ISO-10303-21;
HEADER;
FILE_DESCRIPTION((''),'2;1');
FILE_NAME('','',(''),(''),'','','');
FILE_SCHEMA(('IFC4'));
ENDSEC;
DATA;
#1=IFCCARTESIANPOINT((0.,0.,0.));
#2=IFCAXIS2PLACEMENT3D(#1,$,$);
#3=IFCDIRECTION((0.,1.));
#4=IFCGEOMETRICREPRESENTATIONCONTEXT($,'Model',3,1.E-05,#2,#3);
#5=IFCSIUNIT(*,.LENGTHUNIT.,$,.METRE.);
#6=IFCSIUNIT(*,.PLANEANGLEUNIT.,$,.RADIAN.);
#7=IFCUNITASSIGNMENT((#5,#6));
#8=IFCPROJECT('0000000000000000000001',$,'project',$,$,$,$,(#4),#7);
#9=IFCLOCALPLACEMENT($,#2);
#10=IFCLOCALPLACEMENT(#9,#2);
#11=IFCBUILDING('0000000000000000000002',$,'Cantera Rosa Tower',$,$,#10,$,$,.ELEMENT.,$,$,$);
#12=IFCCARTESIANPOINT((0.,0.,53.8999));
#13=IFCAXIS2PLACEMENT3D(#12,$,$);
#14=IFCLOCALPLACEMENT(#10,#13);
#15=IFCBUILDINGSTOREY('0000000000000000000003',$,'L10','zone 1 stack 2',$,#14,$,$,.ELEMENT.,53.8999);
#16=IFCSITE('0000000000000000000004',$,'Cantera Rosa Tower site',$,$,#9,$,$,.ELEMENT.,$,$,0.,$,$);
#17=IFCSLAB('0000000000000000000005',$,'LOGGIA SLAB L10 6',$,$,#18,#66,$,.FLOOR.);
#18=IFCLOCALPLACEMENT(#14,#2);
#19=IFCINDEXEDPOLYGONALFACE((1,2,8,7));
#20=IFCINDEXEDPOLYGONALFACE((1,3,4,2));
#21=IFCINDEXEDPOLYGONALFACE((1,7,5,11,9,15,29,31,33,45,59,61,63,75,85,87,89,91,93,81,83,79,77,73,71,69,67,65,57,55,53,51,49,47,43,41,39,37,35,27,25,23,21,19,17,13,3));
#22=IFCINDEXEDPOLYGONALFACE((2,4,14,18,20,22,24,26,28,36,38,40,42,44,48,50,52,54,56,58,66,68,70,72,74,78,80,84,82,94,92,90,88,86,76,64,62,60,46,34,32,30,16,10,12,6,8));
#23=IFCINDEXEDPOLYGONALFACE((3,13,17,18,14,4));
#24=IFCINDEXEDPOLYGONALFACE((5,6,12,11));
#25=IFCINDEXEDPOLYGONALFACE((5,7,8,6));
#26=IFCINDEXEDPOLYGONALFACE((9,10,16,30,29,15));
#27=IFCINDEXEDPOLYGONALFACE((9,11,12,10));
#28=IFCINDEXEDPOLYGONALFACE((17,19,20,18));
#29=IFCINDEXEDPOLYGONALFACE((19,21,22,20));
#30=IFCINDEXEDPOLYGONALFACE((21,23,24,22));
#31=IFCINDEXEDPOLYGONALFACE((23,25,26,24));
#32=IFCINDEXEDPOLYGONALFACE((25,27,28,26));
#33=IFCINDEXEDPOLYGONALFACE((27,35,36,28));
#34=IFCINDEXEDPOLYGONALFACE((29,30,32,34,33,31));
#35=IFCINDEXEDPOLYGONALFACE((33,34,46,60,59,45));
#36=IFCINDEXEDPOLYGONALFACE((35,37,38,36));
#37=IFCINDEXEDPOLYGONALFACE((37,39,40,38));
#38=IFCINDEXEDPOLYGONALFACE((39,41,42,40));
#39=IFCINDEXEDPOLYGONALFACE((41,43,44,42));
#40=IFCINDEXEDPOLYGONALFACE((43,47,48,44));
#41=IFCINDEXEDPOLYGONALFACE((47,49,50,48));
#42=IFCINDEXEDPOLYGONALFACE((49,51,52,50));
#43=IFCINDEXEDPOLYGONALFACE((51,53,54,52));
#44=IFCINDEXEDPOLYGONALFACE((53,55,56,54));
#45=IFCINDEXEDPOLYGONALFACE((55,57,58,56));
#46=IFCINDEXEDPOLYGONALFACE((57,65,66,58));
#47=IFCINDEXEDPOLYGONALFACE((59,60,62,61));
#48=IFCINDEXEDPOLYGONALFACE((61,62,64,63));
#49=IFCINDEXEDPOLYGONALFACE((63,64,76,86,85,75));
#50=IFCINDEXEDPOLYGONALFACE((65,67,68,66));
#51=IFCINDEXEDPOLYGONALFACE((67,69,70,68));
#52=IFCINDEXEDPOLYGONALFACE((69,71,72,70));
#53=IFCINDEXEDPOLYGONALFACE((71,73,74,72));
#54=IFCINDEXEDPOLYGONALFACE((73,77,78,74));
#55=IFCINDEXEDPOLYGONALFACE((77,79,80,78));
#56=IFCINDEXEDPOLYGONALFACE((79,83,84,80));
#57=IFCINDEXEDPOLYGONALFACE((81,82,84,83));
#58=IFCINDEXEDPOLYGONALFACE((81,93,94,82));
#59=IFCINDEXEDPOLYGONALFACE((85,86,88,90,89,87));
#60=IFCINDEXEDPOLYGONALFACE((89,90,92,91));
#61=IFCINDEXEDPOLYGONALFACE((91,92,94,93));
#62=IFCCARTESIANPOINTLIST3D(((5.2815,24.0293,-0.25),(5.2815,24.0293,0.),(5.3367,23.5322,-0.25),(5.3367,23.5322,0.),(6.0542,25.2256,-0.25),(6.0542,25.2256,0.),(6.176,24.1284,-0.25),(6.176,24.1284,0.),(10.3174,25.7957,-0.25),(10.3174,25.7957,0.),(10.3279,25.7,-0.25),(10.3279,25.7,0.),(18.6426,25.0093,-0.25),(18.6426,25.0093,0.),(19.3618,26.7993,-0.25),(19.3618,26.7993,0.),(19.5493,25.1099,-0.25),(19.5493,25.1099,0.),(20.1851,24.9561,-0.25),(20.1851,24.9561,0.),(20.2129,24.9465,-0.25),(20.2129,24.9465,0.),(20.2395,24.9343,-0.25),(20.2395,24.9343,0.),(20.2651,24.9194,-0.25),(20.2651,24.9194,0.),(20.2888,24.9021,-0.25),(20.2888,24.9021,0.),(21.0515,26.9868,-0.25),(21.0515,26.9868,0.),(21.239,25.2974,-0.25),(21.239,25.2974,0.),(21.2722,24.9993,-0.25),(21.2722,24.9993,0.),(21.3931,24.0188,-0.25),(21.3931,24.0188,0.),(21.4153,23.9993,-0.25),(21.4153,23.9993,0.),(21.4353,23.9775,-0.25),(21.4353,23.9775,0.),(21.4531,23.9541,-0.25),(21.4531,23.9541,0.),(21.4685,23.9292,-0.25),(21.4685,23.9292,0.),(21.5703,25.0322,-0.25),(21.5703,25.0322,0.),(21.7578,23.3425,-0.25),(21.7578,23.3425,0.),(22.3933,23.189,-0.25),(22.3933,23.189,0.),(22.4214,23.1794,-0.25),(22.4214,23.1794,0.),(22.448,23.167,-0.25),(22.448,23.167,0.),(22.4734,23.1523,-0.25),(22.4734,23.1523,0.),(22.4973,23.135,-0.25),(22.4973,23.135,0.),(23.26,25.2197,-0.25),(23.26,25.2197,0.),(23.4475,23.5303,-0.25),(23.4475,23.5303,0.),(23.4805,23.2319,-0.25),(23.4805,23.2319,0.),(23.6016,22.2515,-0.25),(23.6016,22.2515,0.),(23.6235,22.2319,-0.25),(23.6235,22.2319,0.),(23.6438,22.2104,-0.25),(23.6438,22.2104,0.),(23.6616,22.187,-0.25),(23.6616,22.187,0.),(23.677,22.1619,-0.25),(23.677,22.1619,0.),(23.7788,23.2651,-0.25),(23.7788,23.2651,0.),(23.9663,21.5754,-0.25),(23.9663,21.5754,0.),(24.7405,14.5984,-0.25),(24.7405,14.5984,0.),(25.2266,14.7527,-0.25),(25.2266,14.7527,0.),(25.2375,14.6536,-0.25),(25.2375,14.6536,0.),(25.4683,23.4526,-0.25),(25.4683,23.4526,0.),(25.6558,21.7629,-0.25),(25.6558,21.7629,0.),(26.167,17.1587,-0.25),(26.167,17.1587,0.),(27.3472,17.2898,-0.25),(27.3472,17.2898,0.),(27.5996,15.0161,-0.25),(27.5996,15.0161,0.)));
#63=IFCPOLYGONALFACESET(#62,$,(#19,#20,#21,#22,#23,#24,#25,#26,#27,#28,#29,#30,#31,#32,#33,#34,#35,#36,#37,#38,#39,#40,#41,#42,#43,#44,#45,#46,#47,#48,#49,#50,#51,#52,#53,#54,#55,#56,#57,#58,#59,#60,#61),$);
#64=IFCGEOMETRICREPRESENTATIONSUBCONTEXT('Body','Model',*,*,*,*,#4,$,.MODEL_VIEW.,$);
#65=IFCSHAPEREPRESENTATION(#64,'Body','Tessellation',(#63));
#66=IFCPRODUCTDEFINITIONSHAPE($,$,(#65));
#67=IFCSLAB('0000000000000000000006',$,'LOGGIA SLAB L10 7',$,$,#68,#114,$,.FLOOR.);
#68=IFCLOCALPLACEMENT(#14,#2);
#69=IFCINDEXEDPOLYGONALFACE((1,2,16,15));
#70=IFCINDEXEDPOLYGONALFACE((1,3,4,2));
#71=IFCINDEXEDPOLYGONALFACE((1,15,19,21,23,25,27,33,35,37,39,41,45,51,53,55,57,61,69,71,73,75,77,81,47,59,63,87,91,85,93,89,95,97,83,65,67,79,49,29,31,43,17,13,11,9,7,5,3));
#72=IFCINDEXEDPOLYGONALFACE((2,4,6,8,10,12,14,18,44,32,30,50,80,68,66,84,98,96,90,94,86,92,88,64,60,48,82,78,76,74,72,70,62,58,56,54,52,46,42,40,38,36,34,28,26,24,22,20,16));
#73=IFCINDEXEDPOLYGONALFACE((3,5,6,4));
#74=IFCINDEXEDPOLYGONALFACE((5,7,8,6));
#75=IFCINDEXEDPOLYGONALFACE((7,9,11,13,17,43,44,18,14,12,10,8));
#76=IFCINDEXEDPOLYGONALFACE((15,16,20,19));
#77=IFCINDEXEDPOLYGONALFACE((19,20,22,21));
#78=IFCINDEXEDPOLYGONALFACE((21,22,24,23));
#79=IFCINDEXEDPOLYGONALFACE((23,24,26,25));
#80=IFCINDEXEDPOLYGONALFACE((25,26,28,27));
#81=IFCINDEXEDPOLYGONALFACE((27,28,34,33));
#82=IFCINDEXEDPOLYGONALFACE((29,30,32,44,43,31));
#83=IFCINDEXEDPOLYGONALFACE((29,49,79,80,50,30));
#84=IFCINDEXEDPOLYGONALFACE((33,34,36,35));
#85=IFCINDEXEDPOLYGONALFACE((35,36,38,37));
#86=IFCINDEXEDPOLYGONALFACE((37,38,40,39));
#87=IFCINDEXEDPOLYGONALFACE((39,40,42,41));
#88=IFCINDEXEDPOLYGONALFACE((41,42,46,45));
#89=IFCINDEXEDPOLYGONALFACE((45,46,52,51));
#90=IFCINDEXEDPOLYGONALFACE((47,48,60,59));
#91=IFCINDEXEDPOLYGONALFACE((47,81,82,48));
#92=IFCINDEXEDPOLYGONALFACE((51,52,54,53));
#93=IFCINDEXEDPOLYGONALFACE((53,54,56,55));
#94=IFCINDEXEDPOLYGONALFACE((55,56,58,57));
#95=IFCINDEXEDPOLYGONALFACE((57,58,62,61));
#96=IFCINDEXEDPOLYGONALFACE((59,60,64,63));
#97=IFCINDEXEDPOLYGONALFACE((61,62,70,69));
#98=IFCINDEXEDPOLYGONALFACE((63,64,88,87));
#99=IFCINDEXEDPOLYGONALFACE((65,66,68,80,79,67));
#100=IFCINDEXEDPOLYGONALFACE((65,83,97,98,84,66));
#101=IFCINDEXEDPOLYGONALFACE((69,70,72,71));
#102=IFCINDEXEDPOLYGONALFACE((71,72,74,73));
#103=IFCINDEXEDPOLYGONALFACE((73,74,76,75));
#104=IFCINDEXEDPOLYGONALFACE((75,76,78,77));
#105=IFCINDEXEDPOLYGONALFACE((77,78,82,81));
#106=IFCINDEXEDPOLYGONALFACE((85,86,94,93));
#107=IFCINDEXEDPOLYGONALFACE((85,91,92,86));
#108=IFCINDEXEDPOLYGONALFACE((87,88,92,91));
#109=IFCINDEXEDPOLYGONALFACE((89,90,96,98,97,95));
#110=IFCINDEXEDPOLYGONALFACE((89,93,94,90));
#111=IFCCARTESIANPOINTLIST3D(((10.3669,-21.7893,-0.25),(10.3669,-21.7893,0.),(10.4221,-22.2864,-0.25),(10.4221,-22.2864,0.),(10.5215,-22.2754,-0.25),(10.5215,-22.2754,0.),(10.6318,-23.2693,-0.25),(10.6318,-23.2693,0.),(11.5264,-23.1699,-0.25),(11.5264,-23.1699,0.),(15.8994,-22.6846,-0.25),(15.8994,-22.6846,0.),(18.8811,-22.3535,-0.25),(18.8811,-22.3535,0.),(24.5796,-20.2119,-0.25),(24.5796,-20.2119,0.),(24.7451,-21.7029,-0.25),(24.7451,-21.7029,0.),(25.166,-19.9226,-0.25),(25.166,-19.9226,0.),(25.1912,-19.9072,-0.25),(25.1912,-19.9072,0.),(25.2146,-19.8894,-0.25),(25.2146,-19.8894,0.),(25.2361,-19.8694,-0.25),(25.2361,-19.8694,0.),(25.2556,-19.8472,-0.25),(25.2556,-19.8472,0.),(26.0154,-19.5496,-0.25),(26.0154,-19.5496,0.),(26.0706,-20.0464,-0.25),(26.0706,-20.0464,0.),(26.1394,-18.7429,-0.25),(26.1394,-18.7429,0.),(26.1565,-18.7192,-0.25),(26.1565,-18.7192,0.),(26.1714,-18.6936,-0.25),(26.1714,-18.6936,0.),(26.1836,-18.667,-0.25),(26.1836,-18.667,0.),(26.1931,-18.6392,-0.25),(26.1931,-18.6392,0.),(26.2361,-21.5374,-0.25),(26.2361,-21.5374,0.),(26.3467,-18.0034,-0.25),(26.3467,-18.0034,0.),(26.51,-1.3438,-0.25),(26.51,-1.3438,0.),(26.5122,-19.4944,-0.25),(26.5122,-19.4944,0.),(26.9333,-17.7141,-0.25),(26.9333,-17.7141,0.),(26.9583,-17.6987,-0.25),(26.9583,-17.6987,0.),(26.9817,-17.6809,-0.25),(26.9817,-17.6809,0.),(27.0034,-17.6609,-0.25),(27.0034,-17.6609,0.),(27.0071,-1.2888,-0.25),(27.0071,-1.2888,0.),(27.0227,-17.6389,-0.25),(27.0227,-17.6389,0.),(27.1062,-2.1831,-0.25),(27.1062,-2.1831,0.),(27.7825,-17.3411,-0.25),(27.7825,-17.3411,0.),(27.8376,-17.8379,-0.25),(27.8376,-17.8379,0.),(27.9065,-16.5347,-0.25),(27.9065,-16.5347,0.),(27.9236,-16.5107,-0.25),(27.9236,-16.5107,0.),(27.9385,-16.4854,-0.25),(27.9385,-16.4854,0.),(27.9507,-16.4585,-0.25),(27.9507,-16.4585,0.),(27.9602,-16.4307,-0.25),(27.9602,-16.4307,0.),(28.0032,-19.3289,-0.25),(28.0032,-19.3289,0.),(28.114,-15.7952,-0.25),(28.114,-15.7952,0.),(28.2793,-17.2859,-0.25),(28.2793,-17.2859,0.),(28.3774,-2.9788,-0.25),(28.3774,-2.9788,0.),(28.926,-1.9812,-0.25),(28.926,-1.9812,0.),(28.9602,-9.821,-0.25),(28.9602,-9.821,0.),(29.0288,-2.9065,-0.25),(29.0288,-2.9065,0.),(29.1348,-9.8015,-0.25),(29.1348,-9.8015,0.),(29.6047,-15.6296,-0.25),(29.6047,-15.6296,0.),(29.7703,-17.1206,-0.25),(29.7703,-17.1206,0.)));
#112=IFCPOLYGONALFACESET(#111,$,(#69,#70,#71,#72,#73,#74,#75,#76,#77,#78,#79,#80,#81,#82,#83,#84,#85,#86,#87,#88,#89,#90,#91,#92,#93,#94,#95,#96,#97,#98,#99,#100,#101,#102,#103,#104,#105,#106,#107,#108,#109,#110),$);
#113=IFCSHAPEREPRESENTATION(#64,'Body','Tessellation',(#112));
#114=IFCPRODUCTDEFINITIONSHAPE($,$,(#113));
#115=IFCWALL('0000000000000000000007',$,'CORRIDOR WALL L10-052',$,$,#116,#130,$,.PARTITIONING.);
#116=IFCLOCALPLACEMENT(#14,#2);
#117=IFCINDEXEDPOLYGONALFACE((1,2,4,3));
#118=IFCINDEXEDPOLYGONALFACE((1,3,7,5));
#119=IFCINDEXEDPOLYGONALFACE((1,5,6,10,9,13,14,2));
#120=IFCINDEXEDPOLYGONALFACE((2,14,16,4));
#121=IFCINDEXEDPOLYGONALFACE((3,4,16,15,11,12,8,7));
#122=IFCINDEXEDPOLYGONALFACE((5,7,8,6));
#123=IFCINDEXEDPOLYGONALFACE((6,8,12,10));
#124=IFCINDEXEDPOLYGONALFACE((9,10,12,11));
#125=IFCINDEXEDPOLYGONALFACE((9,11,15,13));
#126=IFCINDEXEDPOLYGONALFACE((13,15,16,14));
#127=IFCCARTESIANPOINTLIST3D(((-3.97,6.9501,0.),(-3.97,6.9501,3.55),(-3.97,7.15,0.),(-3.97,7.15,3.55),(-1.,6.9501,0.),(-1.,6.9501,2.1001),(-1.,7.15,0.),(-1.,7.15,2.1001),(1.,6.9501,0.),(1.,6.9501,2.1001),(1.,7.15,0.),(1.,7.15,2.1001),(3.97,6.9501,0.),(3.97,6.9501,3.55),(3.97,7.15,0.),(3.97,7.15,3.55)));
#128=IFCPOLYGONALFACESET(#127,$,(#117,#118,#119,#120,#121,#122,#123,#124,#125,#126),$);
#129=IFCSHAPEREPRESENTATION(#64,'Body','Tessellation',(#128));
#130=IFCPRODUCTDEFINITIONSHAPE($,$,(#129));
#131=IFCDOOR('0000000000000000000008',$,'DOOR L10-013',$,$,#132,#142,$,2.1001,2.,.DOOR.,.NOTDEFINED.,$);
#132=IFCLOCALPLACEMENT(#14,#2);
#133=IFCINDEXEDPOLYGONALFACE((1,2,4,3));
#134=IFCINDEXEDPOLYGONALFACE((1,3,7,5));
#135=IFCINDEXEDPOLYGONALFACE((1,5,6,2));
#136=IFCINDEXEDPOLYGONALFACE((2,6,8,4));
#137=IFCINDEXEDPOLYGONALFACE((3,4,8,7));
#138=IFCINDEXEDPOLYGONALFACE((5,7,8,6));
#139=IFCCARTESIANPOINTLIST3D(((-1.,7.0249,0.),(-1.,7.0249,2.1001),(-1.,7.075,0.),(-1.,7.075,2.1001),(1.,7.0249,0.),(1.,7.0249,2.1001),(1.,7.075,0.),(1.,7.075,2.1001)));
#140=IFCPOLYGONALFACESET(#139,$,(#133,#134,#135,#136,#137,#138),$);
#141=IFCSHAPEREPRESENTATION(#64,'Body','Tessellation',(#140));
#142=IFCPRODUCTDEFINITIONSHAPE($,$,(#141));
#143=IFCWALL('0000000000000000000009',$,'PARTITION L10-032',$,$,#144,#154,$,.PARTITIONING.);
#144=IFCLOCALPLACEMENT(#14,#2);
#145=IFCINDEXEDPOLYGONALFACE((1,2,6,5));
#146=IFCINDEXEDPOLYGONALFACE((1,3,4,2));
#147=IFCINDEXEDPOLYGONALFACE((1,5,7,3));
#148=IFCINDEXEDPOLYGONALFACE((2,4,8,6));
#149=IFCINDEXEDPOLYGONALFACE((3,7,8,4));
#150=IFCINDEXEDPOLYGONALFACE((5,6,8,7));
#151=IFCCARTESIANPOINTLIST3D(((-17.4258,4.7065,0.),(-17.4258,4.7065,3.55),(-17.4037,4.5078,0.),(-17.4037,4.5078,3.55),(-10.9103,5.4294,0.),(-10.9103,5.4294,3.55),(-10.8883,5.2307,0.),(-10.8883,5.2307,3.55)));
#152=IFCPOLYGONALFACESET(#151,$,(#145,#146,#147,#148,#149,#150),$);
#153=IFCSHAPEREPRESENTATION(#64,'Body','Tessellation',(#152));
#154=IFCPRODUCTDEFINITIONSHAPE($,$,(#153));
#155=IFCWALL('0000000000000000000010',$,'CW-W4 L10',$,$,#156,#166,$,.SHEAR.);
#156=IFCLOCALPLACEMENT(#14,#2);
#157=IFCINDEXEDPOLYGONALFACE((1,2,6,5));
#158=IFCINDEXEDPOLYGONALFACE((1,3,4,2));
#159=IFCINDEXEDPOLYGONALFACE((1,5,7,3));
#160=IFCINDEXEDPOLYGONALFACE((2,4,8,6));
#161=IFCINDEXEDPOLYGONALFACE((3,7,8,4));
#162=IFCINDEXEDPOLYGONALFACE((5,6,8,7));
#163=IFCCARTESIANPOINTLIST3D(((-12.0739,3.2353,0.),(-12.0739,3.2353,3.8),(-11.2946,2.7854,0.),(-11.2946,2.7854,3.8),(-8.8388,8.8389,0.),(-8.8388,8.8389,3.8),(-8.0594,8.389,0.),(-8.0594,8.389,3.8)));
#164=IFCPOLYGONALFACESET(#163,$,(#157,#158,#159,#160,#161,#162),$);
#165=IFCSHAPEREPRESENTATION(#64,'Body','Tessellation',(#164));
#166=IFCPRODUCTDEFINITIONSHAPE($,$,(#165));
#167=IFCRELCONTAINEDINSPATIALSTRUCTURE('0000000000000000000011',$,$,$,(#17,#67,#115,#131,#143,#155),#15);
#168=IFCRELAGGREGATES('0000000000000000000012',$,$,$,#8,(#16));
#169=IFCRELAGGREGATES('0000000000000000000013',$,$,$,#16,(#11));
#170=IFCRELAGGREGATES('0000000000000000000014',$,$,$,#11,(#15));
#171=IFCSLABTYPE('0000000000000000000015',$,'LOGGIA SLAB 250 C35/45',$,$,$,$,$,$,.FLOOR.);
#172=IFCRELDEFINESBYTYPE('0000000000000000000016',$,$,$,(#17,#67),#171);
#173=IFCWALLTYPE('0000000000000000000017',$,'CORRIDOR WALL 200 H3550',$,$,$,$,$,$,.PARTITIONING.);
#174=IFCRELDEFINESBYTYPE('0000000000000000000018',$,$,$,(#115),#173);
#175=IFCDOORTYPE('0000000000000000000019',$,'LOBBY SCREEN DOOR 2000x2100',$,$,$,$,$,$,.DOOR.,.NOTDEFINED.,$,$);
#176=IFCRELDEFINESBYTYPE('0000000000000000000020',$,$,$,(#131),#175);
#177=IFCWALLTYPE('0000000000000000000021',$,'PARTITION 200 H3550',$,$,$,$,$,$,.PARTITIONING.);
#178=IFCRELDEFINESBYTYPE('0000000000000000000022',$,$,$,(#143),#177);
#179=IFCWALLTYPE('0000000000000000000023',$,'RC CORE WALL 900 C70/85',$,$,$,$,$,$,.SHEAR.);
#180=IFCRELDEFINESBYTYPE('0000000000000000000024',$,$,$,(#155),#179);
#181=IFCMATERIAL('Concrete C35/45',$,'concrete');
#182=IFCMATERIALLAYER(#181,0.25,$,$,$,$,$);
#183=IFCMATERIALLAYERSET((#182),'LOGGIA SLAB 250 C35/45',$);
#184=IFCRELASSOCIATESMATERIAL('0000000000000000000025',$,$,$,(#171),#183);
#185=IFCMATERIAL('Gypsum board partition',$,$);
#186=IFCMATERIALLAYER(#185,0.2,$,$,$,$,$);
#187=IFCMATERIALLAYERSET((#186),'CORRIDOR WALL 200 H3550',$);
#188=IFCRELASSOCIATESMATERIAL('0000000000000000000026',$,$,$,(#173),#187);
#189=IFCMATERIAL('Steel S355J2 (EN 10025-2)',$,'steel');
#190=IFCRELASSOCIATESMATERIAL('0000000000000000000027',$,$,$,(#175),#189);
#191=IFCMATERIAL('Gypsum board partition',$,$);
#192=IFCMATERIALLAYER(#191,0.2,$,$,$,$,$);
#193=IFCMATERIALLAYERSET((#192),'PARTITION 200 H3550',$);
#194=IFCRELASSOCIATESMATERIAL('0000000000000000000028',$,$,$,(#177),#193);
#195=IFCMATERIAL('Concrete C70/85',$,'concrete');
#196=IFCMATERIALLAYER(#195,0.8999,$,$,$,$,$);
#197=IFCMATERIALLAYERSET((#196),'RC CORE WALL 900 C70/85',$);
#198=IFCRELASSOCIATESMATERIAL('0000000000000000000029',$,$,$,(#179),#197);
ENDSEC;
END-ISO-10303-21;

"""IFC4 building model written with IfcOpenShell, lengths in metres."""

from ifc_helpers import new_model, si_unit, direction, frame, frame_2d, origin, place, context, subcontext, project, spatial, polyline, rectangle, outline, extrude, material, layer, layer_set, type_object, element, fill, save


model = new_model("IFC4")

# Units and contexts
model_context = context("Model", 3, precision=1e-05, world=origin(), true_north=direction((0.0, 1.0)))
body_context = subcontext(model_context, "Body", "Model", "MODEL_VIEW")
ifc_project = project(units=[si_unit("LENGTHUNIT", "METRE"), si_unit("PLANEANGLEUNIT", "RADIAN")], contexts=[model_context])

# Site, building, storey
site_placement = place(None, origin())
site = spatial("IfcSite", under=ifc_project, at=site_placement, Name="Cantera Rosa Tower site", CompositionType="ELEMENT", RefElevation=0.0)
building_placement = place(site_placement, origin())
building = spatial("IfcBuilding", under=site, at=building_placement, Name="Cantera Rosa Tower", CompositionType="ELEMENT")
storey_placement = place(building_placement, frame((0.0, 0.0, 53.8999)))
storey = spatial("IfcBuildingStorey", under=building, at=storey_placement, Name="L10", Description="zone 1 stack 2", CompositionType="ELEMENT", Elevation=53.8999)

# Slabs
ifc_material_1 = material(Name="Concrete C35/45", Category="concrete")
ifc_layer_1 = layer(ifc_material_1, 0.25)
ifc_layer_set_1 = layer_set([ifc_layer_1], Name="LOGGIA SLAB 250 C35/45")
slab_type = type_object("IfcSlabType", Name="LOGGIA SLAB 250 C35/45", PredefinedType="FLOOR", material=ifc_layer_set_1)
slab_1_placement = place(storey_placement, frame((0.0, 0.0, -0.25)))
element("IfcSlab", 1, at=slab_1_placement, inside=storey, type_object=slab_type, Name="LOGGIA SLAB L10 6", PredefinedType="FLOOR", context=body_context, shape_type="SweptSolid", body=[
    extrude(outline(polyline([(21.2722, 24.9993), (21.5703, 25.0322), (23.26, 25.2197), (23.4475, 23.5303), (23.4805, 23.2319), (23.7788, 23.2651), (25.4683, 23.4526), (25.6558, 21.7629), (26.167, 17.1587), (27.3472, 17.2898), (27.5996, 15.0161), (25.2266, 14.7527), (25.2375, 14.6536), (24.7405, 14.5984), (23.9663, 21.5754), (23.677, 22.1619), (23.6616, 22.187), (23.6438, 22.2104), (23.6235, 22.2319), (23.6016, 22.2515), (22.4973, 23.135), (22.4734, 23.1523), (22.448, 23.167), (22.4214, 23.1794), (22.3933, 23.189), (21.7578, 23.3425), (21.4685, 23.9292), (21.4531, 23.9541), (21.4353, 23.9775), (21.4153, 23.9993), (21.3931, 24.0188), (20.2888, 24.9021), (20.2651, 24.9194), (20.2395, 24.9343), (20.2129, 24.9465), (20.1851, 24.9561), (19.5493, 25.1099), (18.6426, 25.0093), (5.3367, 23.5322), (5.2815, 24.0293), (6.176, 24.1284), (6.0542, 25.2256), (10.3279, 25.7), (10.3174, 25.7957), (19.3618, 26.7993), (21.0515, 26.9868), (21.239, 25.2974), (21.2722, 24.9993)])), origin(), (0.0, 0.0, 1.0), 0.25),
])
slab_2_placement = place(storey_placement, frame((0.0, 0.0, -0.25)))
element("IfcSlab", 2, at=slab_2_placement, inside=storey, type_object=slab_type, Name="LOGGIA SLAB L10 7", PredefinedType="FLOOR", context=body_context, shape_type="SweptSolid", body=[
    extrude(outline(polyline([(29.7703, -17.1206), (28.2793, -17.2859), (27.7825, -17.3411), (27.8376, -17.8379), (28.0032, -19.3289), (26.5122, -19.4944), (26.0154, -19.5496), (26.0706, -20.0464), (26.2361, -21.5374), (24.7451, -21.7029), (18.8811, -22.3535), (15.8994, -22.6846), (11.5264, -23.1699), (10.6318, -23.2693), (10.5215, -22.2754), (10.4221, -22.2864), (10.3669, -21.7893), (24.5796, -20.2119), (25.166, -19.9226), (25.1912, -19.9072), (25.2146, -19.8894), (25.2361, -19.8694), (25.2556, -19.8472), (26.1394, -18.7429), (26.1565, -18.7192), (26.1714, -18.6936), (26.1836, -18.667), (26.1931, -18.6392), (26.3467, -18.0034), (26.9333, -17.7141), (26.9583, -17.6987), (26.9817, -17.6809), (27.0034, -17.6609), (27.0227, -17.6389), (27.9065, -16.5347), (27.9236, -16.5107), (27.9385, -16.4854), (27.9507, -16.4585), (27.9602, -16.4307), (28.114, -15.7952), (26.51, -1.3438), (27.0071, -1.2888), (27.1062, -2.1831), (28.926, -1.9812), (29.0288, -2.9065), (28.3774, -2.9788), (29.1348, -9.8015), (28.9602, -9.821), (29.6047, -15.6296), (29.7703, -17.1206)])), origin(), (0.0, 0.0, 1.0), 0.25),
])

# Wall, opening, door
ifc_material_2 = material(Name="Gypsum board partition")
ifc_layer_2 = layer(ifc_material_2, 0.2)
ifc_layer_set_2 = layer_set([ifc_layer_2], Name="CORRIDOR WALL 200 H3550")
wall_type_1 = type_object("IfcWallType", Name="CORRIDOR WALL 200 H3550", PredefinedType="PARTITIONING", material=ifc_layer_set_2)
wall_1_placement = place(storey_placement, frame((-3.97, 7.05, 0.0), z_axis=(0.0, 0.0, 1.0), x_axis=(1.0, 0.0, 0.0)))
wall_1 = element("IfcWall", 3, at=wall_1_placement, inside=storey, type_object=wall_type_1, Name="CORRIDOR WALL L10-052", PredefinedType="PARTITIONING", context=body_context, shape_type="SweptSolid", body=[
    extrude(rectangle(XDim=7.9399, YDim=0.2, at=frame_2d((3.97, 0.0))), origin(), (0.0, 0.0, 1.0), 3.55),
])
opening_placement = place(wall_1_placement, frame((2.97, 0.0, 0.0)))
opening = element("IfcOpeningElement", 4, at=opening_placement, cuts=wall_1, PredefinedType="OPENING", context=body_context, shape_type="SweptSolid", body=[
    extrude(rectangle(XDim=2.0, YDim=2.1001, at=frame_2d((1.0, 1.05))), frame((0.0, 0.1099, 0.0), z_axis=(0.0, -1.0, 0.0), x_axis=(1.0, 0.0, 0.0)), (0.0, 0.0, 1.0), 0.22),
])
ifc_material_3 = material(Name="Steel S355J2 (EN 10025-2)", Category="steel")
door_type = type_object("IfcDoorType", Name="LOBBY SCREEN DOOR 2000x2100", OperationType="NOTDEFINED", PredefinedType="DOOR", material=ifc_material_3)
door_placement = place(opening_placement, origin())
door = element("IfcDoor", 5, at=door_placement, inside=storey, type_object=door_type, Name="DOOR L10-013", OperationType="NOTDEFINED", OverallHeight=2.1001, OverallWidth=2.0, PredefinedType="DOOR", context=body_context, shape_type="SweptSolid", body=[
    extrude(rectangle(XDim=2.0, YDim=2.1001, at=frame_2d((1.0, 1.05))), frame((0.0, 0.0249, 0.0), z_axis=(0.0, -1.0, 0.0), x_axis=(1.0, 0.0, 0.0)), (0.0, 0.0, 1.0), 0.05),
])
fill(opening, door)

# Walls
ifc_material_4 = material(Name="Gypsum board partition")
ifc_layer_3 = layer(ifc_material_4, 0.2)
ifc_layer_set_3 = layer_set([ifc_layer_3], Name="PARTITION 200 H3550")
wall_type_2 = type_object("IfcWallType", Name="PARTITION 200 H3550", PredefinedType="PARTITIONING", material=ifc_layer_set_3)
wall_2_placement = place(storey_placement, frame((-10.8992, 5.3301, 0.0), z_axis=(0.0, 0.0, 1.0), x_axis=(-0.993901, -0.110276, 0.0)))
element("IfcWall", 6, at=wall_2_placement, inside=storey, type_object=wall_type_2, Name="PARTITION L10-032", PredefinedType="PARTITIONING", context=body_context, shape_type="SweptSolid", body=[
    extrude(rectangle(XDim=6.5554, YDim=0.2, at=frame_2d((3.2778, 0.0))), origin(), (0.0, 0.0, 1.0), 3.55),
])
ifc_material_5 = material(Name="Concrete C70/85", Category="concrete")
ifc_layer_4 = layer(ifc_material_5, 0.8999)
ifc_layer_set_4 = layer_set([ifc_layer_4], Name="RC CORE WALL 900 C70/85")
wall_type_3 = type_object("IfcWallType", Name="RC CORE WALL 900 C70/85", PredefinedType="SHEAR", material=ifc_layer_set_4)
wall_3_placement = place(storey_placement, frame((-11.6843, 3.0103, 0.0), z_axis=(0.0, 0.0, 1.0), x_axis=(0.49999, 0.866031, 0.0)))
element("IfcWall", 7, at=wall_3_placement, inside=storey, type_object=wall_type_3, Name="CW-W4 L10", PredefinedType="SHEAR", context=body_context, shape_type="SweptSolid", body=[
    extrude(rectangle(XDim=6.4705, YDim=0.8999, at=frame_2d((3.2354, 0.0))), origin(), (0.0, 0.0, 1.0), 3.8),
])

save(model, "model.ifc")
